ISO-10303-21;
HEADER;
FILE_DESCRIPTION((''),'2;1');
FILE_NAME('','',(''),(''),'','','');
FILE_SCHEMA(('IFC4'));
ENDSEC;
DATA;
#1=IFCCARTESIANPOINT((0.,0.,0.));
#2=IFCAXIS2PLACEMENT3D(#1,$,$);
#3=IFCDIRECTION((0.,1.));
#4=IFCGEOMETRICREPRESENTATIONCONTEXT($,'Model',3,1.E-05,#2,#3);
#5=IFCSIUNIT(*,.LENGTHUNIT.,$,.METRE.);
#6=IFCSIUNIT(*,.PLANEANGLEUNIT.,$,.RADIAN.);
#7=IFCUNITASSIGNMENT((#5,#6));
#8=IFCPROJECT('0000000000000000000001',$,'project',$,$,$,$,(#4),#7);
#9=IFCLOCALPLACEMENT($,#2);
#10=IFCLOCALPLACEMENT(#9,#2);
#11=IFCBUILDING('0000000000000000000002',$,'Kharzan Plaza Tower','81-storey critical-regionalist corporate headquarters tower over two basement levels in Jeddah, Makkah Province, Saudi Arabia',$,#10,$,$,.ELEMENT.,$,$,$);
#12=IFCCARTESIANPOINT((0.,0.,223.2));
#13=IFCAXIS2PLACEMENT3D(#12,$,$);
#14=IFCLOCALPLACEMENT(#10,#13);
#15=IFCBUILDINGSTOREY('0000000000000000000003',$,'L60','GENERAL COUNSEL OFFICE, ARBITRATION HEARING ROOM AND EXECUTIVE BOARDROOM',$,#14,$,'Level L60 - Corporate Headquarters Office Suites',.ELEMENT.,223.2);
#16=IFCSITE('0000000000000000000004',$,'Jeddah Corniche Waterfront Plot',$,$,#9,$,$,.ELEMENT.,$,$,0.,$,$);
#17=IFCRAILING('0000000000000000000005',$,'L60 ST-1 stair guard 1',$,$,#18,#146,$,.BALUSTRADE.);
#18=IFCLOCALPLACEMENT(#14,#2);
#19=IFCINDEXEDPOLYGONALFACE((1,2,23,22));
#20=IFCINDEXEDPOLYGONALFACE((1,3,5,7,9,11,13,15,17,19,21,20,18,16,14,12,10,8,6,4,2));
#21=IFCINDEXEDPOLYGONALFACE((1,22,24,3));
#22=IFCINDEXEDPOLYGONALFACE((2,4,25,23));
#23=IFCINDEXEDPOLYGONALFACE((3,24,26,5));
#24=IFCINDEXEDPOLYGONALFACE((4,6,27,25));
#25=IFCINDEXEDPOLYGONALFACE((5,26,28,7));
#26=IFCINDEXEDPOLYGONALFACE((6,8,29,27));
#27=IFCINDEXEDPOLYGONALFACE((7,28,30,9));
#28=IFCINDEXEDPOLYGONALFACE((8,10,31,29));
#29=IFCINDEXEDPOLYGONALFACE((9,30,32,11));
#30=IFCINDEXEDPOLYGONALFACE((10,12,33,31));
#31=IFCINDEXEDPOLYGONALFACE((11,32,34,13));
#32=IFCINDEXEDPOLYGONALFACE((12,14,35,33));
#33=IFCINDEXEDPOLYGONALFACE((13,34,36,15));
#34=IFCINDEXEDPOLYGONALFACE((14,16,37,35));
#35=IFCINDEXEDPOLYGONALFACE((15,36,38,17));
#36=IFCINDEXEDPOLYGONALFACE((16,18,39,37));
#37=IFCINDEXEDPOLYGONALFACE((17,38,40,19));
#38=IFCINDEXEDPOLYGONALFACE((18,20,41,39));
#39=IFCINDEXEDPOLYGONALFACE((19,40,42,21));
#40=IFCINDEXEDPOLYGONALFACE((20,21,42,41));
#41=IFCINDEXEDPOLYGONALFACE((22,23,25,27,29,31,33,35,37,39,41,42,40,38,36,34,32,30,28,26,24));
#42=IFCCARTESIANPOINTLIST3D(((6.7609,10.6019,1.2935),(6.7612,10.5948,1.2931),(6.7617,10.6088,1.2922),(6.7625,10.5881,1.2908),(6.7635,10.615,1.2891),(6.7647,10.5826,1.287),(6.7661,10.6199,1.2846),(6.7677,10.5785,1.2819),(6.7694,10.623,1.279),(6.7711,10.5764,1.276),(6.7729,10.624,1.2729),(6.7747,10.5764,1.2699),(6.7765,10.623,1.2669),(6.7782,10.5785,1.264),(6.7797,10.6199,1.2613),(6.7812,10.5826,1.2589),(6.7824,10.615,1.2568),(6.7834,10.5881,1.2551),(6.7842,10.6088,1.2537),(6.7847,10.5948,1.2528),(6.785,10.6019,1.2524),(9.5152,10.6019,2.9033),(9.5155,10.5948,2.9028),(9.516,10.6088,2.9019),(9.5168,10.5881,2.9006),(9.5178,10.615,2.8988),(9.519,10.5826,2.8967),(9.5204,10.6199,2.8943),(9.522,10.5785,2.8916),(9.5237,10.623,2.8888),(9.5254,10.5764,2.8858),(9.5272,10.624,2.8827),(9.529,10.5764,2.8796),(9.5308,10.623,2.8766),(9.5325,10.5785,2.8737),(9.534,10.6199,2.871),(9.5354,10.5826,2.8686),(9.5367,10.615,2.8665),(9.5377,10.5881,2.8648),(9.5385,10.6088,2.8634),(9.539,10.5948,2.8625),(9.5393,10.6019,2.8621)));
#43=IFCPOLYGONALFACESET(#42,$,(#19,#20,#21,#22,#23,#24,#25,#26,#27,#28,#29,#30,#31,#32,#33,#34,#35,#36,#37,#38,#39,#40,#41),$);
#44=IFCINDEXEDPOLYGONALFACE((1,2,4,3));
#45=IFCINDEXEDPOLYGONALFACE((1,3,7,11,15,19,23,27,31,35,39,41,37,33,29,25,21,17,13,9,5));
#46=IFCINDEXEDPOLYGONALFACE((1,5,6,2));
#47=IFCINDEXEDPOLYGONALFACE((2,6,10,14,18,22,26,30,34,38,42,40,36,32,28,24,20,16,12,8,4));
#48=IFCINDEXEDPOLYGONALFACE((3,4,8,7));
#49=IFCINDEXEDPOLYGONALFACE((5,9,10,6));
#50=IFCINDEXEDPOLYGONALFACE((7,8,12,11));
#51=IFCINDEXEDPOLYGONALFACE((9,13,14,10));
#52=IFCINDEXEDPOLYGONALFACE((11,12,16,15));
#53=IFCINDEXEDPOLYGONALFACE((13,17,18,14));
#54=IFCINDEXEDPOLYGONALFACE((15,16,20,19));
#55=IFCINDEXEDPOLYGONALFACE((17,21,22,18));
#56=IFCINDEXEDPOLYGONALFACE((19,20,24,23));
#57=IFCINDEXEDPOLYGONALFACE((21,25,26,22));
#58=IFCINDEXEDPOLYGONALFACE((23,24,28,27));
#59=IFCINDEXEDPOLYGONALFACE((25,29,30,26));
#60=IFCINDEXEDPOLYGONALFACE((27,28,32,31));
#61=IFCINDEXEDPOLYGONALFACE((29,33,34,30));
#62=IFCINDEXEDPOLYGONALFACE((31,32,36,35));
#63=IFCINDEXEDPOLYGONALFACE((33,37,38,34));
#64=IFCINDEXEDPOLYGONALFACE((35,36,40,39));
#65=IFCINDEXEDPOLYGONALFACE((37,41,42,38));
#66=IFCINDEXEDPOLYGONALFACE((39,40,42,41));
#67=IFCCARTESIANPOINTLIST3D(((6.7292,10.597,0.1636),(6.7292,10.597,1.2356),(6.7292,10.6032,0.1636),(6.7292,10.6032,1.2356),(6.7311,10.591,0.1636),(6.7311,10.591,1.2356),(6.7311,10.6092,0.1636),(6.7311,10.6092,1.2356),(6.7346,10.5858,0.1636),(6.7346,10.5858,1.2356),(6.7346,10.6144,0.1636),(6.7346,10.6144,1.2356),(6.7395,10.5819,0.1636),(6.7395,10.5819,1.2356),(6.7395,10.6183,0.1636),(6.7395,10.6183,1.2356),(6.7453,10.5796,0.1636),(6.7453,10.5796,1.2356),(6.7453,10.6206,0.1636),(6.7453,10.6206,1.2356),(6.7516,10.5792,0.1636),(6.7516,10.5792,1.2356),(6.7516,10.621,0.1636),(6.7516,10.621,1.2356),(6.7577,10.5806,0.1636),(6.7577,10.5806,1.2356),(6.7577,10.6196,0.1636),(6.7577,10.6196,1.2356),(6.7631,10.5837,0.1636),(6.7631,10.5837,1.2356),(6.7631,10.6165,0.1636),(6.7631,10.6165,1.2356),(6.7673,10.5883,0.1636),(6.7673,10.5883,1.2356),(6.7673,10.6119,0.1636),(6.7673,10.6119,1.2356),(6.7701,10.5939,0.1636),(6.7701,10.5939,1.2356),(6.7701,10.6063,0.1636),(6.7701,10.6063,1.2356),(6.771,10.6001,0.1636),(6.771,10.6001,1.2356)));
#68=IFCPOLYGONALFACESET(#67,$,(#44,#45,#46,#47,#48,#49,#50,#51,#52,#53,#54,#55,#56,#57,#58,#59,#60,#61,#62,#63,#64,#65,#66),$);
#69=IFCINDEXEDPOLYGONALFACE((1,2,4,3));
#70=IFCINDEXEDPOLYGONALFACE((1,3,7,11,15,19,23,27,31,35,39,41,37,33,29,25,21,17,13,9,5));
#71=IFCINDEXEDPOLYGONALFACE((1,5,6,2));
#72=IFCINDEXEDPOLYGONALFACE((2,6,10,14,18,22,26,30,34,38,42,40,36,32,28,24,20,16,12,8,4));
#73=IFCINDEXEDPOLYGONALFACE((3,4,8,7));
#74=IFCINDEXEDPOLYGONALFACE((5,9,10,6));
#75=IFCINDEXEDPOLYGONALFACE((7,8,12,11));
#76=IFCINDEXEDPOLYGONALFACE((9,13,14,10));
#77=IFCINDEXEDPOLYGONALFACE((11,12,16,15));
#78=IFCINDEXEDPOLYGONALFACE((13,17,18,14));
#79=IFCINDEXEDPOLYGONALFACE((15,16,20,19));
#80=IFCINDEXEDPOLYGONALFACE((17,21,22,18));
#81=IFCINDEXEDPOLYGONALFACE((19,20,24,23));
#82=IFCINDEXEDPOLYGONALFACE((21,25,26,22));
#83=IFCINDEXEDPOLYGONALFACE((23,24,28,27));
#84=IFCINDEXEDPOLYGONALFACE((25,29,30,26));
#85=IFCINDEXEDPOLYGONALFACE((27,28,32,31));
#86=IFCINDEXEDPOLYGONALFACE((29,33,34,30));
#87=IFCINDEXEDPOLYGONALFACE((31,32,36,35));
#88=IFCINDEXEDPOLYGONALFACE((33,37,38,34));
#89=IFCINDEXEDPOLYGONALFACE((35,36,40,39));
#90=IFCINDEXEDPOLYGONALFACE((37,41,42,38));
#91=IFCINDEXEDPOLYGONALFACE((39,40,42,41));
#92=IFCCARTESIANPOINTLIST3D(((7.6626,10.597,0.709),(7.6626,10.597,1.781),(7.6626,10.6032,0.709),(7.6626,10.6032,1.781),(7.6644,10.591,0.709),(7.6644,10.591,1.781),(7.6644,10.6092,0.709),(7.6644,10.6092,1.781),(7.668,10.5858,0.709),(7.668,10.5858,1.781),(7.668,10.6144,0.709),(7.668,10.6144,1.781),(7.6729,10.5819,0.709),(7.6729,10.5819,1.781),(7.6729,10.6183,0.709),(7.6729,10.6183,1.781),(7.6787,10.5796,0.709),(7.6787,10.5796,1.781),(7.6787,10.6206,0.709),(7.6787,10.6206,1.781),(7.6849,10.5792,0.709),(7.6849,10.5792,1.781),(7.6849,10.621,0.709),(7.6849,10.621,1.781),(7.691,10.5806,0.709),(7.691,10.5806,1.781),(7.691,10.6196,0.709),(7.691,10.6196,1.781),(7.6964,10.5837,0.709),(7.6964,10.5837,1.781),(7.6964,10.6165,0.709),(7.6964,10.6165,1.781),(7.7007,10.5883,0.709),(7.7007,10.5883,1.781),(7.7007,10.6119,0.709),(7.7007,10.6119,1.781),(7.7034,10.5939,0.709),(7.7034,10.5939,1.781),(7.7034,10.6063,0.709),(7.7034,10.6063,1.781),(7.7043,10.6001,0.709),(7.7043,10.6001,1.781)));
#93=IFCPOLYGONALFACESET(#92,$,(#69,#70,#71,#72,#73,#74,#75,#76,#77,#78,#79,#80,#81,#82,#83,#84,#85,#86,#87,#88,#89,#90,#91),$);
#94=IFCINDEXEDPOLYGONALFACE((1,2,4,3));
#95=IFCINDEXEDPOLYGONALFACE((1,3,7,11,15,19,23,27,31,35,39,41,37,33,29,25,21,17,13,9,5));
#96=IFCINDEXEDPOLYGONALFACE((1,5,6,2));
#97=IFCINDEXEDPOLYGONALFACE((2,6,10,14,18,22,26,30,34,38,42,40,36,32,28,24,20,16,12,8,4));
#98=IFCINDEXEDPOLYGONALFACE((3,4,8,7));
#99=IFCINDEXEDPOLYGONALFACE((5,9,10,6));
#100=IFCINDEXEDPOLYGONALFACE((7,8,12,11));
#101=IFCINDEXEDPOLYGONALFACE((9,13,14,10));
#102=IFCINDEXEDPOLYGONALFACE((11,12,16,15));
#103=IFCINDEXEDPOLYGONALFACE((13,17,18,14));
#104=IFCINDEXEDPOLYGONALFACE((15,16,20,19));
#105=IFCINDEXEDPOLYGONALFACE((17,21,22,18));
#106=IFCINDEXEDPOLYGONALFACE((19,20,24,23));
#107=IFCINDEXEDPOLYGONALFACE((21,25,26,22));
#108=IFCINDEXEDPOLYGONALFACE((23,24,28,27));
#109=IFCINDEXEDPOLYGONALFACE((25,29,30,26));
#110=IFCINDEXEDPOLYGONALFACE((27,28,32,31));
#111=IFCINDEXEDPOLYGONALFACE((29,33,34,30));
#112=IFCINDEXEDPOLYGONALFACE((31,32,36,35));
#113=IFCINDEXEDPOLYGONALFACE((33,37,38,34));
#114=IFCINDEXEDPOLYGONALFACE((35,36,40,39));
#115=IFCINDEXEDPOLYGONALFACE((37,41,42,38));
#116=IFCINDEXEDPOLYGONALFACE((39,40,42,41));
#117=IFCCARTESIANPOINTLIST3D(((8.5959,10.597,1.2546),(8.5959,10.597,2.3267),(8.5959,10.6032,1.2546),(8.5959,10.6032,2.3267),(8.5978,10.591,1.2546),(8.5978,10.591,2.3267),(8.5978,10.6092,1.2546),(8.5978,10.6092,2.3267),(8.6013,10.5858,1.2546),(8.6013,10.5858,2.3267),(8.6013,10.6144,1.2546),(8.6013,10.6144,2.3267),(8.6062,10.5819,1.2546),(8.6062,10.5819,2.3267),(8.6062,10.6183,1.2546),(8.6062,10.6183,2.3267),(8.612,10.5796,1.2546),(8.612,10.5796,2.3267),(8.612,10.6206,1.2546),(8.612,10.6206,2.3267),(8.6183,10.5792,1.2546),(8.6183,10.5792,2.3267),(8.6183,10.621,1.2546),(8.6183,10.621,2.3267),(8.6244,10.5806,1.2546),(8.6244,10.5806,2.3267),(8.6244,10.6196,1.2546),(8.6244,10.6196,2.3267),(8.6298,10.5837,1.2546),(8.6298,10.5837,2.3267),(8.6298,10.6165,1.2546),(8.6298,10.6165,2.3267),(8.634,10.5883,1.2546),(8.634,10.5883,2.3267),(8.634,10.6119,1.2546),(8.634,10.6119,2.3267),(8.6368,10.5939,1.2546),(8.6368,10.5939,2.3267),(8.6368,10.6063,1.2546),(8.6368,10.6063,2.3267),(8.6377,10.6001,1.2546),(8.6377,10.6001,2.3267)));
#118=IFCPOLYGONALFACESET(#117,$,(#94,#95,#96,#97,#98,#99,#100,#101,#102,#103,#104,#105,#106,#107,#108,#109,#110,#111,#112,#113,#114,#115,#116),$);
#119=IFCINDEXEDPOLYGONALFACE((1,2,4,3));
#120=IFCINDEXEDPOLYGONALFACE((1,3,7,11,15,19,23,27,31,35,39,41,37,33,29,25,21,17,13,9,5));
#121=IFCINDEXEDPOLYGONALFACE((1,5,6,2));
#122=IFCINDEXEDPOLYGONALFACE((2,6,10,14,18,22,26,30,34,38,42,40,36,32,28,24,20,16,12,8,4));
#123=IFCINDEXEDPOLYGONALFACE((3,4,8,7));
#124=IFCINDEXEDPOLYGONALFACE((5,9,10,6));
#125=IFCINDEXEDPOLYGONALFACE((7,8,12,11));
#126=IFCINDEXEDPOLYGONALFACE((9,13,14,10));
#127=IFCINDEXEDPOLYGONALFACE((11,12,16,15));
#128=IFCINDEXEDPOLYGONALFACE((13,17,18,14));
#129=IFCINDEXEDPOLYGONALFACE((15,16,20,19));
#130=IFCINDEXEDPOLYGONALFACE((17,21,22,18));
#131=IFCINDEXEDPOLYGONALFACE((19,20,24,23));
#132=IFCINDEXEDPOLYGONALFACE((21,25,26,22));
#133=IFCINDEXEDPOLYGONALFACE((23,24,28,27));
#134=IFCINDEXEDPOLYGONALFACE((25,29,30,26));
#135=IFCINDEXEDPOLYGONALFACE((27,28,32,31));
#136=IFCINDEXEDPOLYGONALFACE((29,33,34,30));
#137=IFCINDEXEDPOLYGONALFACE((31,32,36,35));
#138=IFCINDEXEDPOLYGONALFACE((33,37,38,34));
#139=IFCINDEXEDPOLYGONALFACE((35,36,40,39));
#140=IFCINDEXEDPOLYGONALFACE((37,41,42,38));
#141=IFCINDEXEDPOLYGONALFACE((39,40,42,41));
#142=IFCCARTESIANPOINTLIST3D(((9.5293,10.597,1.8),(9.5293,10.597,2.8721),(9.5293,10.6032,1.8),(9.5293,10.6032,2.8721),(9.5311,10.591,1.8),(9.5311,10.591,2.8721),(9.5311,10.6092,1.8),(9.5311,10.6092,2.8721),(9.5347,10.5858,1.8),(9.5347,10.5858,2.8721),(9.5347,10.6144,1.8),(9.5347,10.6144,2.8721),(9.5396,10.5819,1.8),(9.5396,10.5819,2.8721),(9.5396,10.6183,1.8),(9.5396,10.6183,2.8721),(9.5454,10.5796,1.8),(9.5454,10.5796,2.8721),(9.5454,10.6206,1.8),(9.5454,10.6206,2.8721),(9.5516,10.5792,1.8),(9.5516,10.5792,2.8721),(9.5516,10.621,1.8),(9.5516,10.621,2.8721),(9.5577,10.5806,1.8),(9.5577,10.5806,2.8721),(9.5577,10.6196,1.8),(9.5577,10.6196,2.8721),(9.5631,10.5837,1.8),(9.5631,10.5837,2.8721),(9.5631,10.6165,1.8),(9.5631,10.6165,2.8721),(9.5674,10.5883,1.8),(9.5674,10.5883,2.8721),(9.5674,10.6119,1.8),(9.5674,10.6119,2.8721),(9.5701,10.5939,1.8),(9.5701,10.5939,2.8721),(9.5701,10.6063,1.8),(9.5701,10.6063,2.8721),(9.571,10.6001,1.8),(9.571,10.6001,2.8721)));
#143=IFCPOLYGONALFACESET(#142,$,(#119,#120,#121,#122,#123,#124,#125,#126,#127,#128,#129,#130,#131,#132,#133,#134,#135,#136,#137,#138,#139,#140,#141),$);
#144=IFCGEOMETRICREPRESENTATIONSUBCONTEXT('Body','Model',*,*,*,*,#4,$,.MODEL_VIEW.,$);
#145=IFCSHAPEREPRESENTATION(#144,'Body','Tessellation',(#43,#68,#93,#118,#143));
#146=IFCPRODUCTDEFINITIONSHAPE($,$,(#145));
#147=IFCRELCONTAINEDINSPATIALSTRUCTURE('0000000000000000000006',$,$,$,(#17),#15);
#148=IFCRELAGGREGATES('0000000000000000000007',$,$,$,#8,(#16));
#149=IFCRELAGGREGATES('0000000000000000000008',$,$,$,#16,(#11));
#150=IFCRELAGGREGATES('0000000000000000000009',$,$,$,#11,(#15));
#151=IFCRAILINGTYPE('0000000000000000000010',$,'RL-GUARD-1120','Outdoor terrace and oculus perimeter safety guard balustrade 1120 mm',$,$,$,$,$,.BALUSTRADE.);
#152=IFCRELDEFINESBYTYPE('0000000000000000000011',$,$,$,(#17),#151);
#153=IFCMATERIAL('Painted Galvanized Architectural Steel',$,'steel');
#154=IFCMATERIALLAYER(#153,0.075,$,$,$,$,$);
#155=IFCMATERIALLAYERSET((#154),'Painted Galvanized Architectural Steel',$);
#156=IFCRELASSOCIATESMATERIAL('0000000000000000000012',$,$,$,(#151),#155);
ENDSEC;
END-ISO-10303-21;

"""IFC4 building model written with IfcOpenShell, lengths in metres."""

from ifc_helpers import new_model, si_unit, direction, frame, origin, origin_2d, place, context, subcontext, project, spatial, circle, extrude, source, transform, mapped, material, layer, layer_set, type_object, element, save


model = new_model("IFC4")

# Units and contexts
model_context = context("Model", 3, precision=1e-05, world=origin(), true_north=direction((0.0, 1.0)))
body_context = subcontext(model_context, "Body", "Model", "MODEL_VIEW")
ifc_project = project(units=[si_unit("LENGTHUNIT", "METRE"), si_unit("PLANEANGLEUNIT", "RADIAN")], contexts=[model_context])

# Site, building, storey
site_placement = place(None, origin())
site = spatial("IfcSite", under=ifc_project, at=site_placement, Name="Jeddah Corniche Waterfront Plot", CompositionType="ELEMENT", RefElevation=0.0)
building_placement = place(site_placement, origin())
building = spatial("IfcBuilding", under=site, at=building_placement, Name="Kharzan Plaza Tower", Description="81-storey critical-regionalist corporate headquarters tower over two basement levels in Jeddah, Makkah Province, Saudi Arabia", CompositionType="ELEMENT")
storey_placement = place(building_placement, frame((0.0, 0.0, 223.2)))
storey = spatial("IfcBuildingStorey", under=building, at=storey_placement, Name="L60", Description="GENERAL COUNSEL OFFICE, ARBITRATION HEARING ROOM AND EXECUTIVE BOARDROOM", LongName="Level L60 - Corporate Headquarters Office Suites", CompositionType="ELEMENT", Elevation=223.2)

# Shared definitions
ifc_material_1 = material(Name="Painted Galvanized Architectural Steel", Category="steel")
ifc_layer_1 = layer(ifc_material_1, 0.075)
ifc_layer_set_1 = layer_set([ifc_layer_1], Name="Painted Galvanized Architectural Steel")
railing_type_1 = type_object("IfcRailingType", Name="RL-GUARD-1120", Description="Outdoor terrace and oculus perimeter safety guard balustrade 1120 mm", PredefinedType="BALUSTRADE", material=ifc_layer_set_1)

# Railing
shared_shape_1 = source(origin(), body_context, "Body", "SweptSolid", [
    extrude(circle(Radius=0.0239, at=origin_2d()), frame((0.0229, 0.0, 1.1094), z_axis=(0.863361, 0.0, 0.504587), x_axis=(0.0, 1.0, 0.0)), (0.0, 0.0, 1.0), 3.1902),
    extrude(circle(Radius=0.021, at=origin_2d()), origin(), (0.0, 0.0, 1.0), 1.072),
    extrude(circle(Radius=0.021, at=origin_2d()), frame((0.9333, 0.0, 0.5454)), (0.0, 0.0, 1.0), 1.072),
    extrude(circle(Radius=0.021, at=origin_2d()), frame((1.8667, 0.0, 1.0911)), (0.0, 0.0, 1.0), 1.072),
    extrude(circle(Radius=0.021, at=origin_2d()), frame((2.8, 0.0, 1.6365)), (0.0, 0.0, 1.0), 1.072),
])
railing_1_placement = place(storey_placement, frame((6.75, 10.6001, 0.1636)))
element("IfcRailing", 1, at=railing_1_placement, inside=storey, type_object=railing_type_1, Name="L60 ST-1 stair guard 1", PredefinedType="BALUSTRADE", context=body_context, shape_type="MappedRepresentation", body=[
    mapped(shared_shape_1, transform((0.0, 0.0, 0.0), x_axis=(1.0, 0.0, 0.0), y_axis=(0.0, 1.0, 0.0), z_axis=(0.0, 0.0, 1.0))),
])

save(model, "model.ifc")
